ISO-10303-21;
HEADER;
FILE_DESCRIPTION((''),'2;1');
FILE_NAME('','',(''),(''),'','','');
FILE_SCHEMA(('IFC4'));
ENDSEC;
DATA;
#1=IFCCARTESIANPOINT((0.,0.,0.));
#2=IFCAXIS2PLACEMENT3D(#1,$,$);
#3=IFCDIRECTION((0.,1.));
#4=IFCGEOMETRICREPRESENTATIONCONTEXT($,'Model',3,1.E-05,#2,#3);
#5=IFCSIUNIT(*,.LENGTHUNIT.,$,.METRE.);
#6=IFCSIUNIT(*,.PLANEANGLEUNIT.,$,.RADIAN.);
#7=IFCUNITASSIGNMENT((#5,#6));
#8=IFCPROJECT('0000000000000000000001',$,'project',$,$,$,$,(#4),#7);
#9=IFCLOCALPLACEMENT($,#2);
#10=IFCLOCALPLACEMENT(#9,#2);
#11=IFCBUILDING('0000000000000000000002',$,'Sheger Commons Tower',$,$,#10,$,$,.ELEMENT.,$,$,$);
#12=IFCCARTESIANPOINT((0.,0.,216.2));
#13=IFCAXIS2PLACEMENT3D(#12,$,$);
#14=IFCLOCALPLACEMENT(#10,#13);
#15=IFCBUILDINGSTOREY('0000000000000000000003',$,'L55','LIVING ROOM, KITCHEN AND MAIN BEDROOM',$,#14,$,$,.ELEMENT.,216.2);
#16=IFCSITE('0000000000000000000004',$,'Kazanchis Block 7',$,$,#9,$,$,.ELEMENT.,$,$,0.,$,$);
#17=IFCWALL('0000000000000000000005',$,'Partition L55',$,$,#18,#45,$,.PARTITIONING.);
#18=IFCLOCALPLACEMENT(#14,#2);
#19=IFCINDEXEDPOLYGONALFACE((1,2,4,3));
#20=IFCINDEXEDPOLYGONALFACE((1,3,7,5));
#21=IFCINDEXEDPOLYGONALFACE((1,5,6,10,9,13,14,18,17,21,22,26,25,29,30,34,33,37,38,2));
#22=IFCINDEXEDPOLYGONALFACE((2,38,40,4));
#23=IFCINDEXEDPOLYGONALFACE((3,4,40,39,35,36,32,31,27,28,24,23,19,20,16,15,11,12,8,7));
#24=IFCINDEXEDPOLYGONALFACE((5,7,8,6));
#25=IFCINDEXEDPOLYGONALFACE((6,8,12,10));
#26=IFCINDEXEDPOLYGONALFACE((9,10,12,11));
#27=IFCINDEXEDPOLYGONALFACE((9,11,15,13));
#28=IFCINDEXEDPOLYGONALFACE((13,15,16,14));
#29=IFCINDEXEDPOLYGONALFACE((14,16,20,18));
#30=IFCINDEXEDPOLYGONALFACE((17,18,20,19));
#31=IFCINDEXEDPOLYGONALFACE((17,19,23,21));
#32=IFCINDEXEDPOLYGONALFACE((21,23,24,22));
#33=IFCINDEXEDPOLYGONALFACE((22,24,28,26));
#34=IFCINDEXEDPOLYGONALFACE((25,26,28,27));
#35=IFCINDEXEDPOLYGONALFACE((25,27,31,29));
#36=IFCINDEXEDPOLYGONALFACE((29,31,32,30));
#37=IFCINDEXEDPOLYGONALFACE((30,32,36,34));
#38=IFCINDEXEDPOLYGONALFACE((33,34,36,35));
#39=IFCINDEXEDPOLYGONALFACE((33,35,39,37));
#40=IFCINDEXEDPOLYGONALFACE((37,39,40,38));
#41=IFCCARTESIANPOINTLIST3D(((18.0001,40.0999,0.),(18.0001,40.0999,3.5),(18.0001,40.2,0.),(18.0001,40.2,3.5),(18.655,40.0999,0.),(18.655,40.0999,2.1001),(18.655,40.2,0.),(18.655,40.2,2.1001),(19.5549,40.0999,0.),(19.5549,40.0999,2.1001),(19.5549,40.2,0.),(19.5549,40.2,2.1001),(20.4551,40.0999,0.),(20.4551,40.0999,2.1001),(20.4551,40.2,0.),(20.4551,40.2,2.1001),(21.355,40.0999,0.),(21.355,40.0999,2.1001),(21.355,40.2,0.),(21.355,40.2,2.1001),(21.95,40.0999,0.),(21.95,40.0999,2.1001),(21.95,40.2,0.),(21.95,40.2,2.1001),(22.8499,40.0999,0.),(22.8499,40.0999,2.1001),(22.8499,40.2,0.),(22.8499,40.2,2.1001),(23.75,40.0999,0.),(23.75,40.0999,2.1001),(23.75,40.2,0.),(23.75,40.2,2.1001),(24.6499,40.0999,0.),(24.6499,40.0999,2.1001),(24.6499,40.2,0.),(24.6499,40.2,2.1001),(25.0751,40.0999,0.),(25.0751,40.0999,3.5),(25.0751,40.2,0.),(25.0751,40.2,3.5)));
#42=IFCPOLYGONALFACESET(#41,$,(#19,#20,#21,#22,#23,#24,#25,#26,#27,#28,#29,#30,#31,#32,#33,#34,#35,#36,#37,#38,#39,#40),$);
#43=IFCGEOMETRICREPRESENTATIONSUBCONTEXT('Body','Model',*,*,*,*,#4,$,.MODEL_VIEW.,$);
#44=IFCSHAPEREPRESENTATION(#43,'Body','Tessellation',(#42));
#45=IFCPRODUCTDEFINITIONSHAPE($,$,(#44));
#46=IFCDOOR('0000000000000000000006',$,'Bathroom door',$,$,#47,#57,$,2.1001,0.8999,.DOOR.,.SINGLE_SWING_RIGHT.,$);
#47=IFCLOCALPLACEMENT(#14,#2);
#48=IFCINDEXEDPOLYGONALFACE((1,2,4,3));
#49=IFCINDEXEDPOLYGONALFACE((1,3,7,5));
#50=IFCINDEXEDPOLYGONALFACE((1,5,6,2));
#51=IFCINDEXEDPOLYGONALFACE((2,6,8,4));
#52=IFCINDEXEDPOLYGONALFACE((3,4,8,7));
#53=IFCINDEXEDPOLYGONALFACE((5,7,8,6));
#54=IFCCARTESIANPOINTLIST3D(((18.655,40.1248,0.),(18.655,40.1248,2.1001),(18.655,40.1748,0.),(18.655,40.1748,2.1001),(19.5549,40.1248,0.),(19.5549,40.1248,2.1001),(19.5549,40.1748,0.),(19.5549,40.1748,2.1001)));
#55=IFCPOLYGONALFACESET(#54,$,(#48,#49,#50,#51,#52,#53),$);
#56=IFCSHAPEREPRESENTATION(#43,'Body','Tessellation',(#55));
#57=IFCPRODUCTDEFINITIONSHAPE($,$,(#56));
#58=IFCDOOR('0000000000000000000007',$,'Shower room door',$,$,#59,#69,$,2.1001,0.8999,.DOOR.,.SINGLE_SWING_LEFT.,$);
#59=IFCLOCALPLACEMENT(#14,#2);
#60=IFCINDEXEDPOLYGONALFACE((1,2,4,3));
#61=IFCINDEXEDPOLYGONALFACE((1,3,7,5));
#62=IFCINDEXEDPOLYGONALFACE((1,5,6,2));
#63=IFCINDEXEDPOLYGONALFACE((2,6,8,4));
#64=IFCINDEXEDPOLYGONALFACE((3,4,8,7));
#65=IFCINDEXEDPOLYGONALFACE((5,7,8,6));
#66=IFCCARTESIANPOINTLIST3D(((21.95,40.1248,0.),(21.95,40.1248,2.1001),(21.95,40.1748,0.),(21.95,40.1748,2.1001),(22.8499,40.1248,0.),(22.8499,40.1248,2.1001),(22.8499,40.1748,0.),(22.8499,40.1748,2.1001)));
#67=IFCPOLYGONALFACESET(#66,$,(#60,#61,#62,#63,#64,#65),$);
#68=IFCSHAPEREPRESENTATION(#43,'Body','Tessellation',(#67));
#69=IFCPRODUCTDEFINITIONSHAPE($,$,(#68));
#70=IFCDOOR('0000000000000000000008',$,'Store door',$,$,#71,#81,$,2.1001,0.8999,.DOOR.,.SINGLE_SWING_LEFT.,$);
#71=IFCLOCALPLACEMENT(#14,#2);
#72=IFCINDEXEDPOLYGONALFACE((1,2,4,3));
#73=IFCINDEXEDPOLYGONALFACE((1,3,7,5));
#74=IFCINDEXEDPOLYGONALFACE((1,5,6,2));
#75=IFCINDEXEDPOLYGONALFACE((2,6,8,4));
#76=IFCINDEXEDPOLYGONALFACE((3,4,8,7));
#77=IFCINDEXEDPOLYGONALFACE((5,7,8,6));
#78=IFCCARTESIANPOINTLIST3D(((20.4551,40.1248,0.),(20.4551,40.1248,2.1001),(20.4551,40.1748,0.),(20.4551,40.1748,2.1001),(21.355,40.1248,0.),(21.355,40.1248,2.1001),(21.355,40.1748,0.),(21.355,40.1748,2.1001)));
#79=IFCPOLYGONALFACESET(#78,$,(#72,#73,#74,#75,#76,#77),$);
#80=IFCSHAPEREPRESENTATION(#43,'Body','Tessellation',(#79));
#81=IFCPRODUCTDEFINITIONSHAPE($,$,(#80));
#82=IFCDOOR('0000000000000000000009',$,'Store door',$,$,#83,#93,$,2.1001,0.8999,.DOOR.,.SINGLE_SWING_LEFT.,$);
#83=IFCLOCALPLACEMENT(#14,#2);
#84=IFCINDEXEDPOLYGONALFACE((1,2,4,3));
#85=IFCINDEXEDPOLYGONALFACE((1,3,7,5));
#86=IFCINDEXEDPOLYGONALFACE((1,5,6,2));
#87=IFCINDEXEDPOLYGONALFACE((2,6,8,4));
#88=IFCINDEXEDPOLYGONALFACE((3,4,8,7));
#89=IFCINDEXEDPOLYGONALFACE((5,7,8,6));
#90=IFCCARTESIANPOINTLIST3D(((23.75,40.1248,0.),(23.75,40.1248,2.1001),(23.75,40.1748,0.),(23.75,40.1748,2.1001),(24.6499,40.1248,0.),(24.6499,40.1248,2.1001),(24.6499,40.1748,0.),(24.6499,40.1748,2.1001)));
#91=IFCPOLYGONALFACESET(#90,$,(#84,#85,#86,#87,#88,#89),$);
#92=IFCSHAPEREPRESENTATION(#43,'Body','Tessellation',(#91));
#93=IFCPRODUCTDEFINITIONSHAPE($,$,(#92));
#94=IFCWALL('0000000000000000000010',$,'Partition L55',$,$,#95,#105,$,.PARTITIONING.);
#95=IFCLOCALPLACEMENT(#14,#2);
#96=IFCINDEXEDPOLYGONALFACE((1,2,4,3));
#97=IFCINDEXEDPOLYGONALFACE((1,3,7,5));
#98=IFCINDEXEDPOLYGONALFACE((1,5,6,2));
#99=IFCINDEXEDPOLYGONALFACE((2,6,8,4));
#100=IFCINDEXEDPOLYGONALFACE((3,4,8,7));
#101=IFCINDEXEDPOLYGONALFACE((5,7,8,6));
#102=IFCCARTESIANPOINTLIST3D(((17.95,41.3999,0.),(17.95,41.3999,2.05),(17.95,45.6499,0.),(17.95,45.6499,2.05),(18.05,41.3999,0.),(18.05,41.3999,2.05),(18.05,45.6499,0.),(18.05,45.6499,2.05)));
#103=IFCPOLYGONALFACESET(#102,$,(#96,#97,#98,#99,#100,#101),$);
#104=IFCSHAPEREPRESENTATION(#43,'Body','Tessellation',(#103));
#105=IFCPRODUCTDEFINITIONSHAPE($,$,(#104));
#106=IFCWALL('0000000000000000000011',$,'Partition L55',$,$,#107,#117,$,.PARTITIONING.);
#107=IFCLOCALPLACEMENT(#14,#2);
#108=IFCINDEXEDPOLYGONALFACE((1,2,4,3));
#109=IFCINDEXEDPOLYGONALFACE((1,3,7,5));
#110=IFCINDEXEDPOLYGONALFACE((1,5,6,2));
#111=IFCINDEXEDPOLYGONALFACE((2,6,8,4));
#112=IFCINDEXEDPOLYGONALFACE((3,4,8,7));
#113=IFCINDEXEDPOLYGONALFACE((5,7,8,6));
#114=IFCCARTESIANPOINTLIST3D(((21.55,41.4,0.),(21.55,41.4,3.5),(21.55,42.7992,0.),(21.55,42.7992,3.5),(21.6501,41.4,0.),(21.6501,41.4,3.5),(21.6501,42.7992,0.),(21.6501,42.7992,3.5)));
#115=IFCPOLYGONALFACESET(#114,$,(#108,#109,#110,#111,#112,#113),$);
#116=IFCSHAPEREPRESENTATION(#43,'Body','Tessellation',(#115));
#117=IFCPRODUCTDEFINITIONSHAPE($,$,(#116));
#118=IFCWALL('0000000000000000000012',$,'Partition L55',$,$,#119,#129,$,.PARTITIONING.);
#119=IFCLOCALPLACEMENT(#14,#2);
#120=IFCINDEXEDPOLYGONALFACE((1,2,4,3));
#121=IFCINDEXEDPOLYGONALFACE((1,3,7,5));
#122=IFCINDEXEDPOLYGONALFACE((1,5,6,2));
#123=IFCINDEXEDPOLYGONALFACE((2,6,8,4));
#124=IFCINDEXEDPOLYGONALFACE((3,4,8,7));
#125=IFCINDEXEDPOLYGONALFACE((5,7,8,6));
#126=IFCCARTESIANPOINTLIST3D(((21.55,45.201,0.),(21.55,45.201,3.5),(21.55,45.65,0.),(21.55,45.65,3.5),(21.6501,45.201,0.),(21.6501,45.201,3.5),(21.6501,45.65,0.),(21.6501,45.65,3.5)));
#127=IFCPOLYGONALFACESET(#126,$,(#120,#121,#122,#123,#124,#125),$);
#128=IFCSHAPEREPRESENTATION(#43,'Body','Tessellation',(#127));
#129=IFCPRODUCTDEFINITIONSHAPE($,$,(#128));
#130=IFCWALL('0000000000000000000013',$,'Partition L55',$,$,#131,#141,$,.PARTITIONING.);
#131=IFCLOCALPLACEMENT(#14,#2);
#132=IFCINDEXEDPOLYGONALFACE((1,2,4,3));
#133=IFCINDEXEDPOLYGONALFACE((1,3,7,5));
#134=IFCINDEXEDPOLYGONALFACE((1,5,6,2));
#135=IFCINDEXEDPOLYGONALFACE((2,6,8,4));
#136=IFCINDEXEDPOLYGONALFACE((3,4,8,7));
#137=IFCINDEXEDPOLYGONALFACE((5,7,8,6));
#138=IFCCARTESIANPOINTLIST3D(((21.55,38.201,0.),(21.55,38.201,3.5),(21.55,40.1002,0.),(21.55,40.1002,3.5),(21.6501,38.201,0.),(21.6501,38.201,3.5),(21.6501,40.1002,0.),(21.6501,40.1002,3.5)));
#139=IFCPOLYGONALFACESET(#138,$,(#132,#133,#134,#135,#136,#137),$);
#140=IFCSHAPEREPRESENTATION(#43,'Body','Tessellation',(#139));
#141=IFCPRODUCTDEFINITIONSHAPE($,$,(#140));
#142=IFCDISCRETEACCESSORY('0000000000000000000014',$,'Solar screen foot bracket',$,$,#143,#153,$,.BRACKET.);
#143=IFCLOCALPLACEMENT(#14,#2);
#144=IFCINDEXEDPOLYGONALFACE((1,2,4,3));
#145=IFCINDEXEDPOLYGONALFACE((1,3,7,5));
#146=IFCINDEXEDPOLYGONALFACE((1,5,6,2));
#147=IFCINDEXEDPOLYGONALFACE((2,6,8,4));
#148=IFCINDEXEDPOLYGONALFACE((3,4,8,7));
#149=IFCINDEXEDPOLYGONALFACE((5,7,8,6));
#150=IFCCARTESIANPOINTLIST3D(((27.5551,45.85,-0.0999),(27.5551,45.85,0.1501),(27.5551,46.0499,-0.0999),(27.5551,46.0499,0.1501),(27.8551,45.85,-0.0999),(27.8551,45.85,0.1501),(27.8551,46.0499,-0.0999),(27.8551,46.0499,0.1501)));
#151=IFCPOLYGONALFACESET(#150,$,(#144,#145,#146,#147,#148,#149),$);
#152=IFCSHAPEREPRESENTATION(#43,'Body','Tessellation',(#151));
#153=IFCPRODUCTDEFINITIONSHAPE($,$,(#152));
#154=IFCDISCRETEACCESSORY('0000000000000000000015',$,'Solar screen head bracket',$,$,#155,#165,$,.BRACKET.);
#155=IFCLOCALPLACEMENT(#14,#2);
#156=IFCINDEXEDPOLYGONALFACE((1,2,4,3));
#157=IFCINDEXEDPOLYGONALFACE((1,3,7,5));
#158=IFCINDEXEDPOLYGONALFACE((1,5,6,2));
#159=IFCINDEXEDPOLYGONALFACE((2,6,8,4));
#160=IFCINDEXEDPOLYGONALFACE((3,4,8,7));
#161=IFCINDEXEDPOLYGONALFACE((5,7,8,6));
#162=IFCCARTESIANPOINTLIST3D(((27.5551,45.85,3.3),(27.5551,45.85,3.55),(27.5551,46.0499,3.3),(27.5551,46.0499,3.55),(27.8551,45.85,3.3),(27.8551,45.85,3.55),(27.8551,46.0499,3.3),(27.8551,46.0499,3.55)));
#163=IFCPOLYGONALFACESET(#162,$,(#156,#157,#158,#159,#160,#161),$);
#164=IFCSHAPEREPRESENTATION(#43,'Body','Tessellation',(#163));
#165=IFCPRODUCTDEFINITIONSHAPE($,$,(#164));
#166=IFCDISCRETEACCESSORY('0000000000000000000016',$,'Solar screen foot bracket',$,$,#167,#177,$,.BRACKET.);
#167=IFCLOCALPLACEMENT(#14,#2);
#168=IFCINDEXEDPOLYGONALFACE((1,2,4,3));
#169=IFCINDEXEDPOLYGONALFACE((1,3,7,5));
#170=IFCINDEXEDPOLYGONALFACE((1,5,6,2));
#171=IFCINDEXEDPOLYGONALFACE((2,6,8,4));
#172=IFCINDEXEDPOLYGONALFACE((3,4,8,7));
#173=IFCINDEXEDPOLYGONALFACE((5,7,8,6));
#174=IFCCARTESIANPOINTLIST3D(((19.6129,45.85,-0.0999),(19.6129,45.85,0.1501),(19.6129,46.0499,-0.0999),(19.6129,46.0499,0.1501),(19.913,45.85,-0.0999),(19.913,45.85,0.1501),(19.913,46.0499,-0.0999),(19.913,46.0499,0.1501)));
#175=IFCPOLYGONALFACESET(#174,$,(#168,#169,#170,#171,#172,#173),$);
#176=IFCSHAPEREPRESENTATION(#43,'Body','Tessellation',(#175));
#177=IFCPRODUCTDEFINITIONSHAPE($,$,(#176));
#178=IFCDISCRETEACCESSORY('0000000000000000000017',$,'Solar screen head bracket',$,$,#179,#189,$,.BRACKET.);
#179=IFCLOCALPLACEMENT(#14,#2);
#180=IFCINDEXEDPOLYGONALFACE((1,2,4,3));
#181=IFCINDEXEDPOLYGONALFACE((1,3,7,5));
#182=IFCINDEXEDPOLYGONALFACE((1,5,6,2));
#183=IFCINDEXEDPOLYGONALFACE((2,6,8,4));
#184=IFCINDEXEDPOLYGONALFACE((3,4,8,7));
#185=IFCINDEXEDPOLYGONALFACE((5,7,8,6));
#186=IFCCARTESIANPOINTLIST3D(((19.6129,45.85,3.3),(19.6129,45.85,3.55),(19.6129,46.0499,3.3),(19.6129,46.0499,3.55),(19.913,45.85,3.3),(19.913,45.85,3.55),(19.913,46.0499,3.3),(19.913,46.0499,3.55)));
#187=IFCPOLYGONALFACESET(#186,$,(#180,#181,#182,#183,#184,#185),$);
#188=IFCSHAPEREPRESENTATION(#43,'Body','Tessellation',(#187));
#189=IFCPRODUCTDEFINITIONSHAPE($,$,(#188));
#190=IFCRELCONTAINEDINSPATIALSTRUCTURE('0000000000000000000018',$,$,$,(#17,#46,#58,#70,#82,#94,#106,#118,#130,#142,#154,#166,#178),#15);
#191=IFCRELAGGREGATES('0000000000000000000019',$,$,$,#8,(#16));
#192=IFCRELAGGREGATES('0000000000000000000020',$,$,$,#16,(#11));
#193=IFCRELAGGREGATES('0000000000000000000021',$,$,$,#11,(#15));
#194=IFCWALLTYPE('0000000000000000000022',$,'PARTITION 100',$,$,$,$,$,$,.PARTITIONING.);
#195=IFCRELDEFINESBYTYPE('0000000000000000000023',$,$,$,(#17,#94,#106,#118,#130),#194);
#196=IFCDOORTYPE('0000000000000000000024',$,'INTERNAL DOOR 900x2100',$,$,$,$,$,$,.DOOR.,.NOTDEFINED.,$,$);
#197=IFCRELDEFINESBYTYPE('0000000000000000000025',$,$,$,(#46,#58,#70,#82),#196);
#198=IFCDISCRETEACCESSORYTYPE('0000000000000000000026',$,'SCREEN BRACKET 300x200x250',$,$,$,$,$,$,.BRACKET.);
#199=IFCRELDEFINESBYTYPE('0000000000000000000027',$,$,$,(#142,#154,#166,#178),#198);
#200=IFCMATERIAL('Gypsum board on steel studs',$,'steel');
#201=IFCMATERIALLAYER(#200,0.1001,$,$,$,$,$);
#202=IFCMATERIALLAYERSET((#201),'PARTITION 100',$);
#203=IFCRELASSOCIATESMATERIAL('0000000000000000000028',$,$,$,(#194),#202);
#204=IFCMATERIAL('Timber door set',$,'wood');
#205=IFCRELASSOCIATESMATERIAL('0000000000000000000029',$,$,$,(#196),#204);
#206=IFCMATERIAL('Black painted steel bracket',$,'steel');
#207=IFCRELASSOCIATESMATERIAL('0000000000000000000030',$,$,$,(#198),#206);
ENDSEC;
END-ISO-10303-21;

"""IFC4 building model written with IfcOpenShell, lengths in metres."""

from ifc_helpers import new_model, si_unit, direction, frame, frame_2d, origin, origin_2d, place, context, subcontext, project, spatial, rectangle, extrude, material, layer, layer_set, type_object, element, fill, save


model = new_model("IFC4")

# Units and contexts
model_context = context("Model", 3, precision=1e-05, world=origin(), true_north=direction((0.0, 1.0)))
body_context = subcontext(model_context, "Body", "Model", "MODEL_VIEW")
ifc_project = project(units=[si_unit("LENGTHUNIT", "METRE"), si_unit("PLANEANGLEUNIT", "RADIAN")], contexts=[model_context])

# Site, building, storey
site_placement = place(None, origin())
site = spatial("IfcSite", under=ifc_project, at=site_placement, Name="Kazanchis Block 7", CompositionType="ELEMENT", RefElevation=0.0)
building_placement = place(site_placement, origin())
building = spatial("IfcBuilding", under=site, at=building_placement, Name="Sheger Commons Tower", CompositionType="ELEMENT")
storey_placement = place(building_placement, frame((0.0, 0.0, 216.2)))
storey = spatial("IfcBuildingStorey", under=building, at=storey_placement, Name="L55", Description="LIVING ROOM, KITCHEN AND MAIN BEDROOM", CompositionType="ELEMENT", Elevation=216.2)

# Wall, openings, doors
ifc_material_1 = material(Name="Gypsum board on steel studs", Category="steel")
ifc_layer_1 = layer(ifc_material_1, 0.1001)
ifc_layer_set_1 = layer_set([ifc_layer_1], Name="PARTITION 100")
wall_type_1 = type_object("IfcWallType", Name="PARTITION 100", PredefinedType="PARTITIONING", material=ifc_layer_set_1)
ifc_material_2 = material(Name="Timber door set", Category="wood")
door_type = type_object("IfcDoorType", Name="INTERNAL DOOR 900x2100", OperationType="NOTDEFINED", PredefinedType="DOOR", material=ifc_material_2)
wall_1_placement = place(storey_placement, frame((18.0, 40.1499, 0.0), z_axis=(0.0, 0.0, 1.0), x_axis=(1.0, 0.0, 0.0)))
wall_1 = element("IfcWall", 1, at=wall_1_placement, inside=storey, type_object=wall_type_1, Name="Partition L55", PredefinedType="PARTITIONING", context=body_context, shape_type="SweptSolid", body=[
    extrude(rectangle(XDim=7.075, YDim=0.1001, at=frame_2d((3.5376, 0.0))), origin(), (0.0, 0.0, 1.0), 3.5),
])
opening_1_placement = place(wall_1_placement, frame((0.655, 0.0, 0.0)))
opening_1 = element("IfcOpeningElement", 2, at=opening_1_placement, cuts=wall_1, PredefinedType="OPENING", context=body_context, shape_type="SweptSolid", body=[
    extrude(rectangle(XDim=0.8999, YDim=2.1001, at=frame_2d((0.45, 1.05))), frame((0.0, 0.0601, 0.0), z_axis=(0.0, -1.0, 0.0), x_axis=(1.0, 0.0, 0.0)), (0.0, 0.0, 1.0), 0.1201),
])
opening_2_placement = place(wall_1_placement, frame((3.95, 0.0, 0.0)))
opening_2 = element("IfcOpeningElement", 3, at=opening_2_placement, cuts=wall_1, PredefinedType="OPENING", context=body_context, shape_type="SweptSolid", body=[
    extrude(rectangle(XDim=0.8999, YDim=2.1001, at=frame_2d((0.45, 1.05))), frame((0.0, 0.0601, 0.0), z_axis=(0.0, -1.0, 0.0), x_axis=(1.0, 0.0, 0.0)), (0.0, 0.0, 1.0), 0.1201),
])
opening_3_placement = place(wall_1_placement, frame((2.4551, 0.0, 0.0)))
opening_3 = element("IfcOpeningElement", 4, at=opening_3_placement, cuts=wall_1, PredefinedType="OPENING", context=body_context, shape_type="SweptSolid", body=[
    extrude(rectangle(XDim=0.8999, YDim=2.1001, at=frame_2d((0.45, 1.05))), frame((0.0, 0.0601, 0.0), z_axis=(0.0, -1.0, 0.0), x_axis=(1.0, 0.0, 0.0)), (0.0, 0.0, 1.0), 0.1201),
])
opening_4_placement = place(wall_1_placement, frame((5.75, 0.0, 0.0)))
opening_4 = element("IfcOpeningElement", 5, at=opening_4_placement, cuts=wall_1, PredefinedType="OPENING", context=body_context, shape_type="SweptSolid", body=[
    extrude(rectangle(XDim=0.8999, YDim=2.1001, at=frame_2d((0.45, 1.05))), frame((0.0, 0.0601, 0.0), z_axis=(0.0, -1.0, 0.0), x_axis=(1.0, 0.0, 0.0)), (0.0, 0.0, 1.0), 0.1201),
])
door_1_placement = place(opening_1_placement, origin())
door_1 = element("IfcDoor", 6, at=door_1_placement, inside=storey, type_object=door_type, Name="Bathroom door", OperationType="SINGLE_SWING_RIGHT", OverallHeight=2.1001, OverallWidth=0.8999, PredefinedType="DOOR", context=body_context, shape_type="SweptSolid", body=[
    extrude(rectangle(XDim=0.8999, YDim=2.1001, at=frame_2d((0.45, 1.05))), frame((0.0, 0.0249, 0.0), z_axis=(0.0, -1.0, 0.0), x_axis=(1.0, 0.0, 0.0)), (0.0, 0.0, 1.0), 0.05),
])
fill(opening_1, door_1)
door_2_placement = place(opening_2_placement, origin())
door_2 = element("IfcDoor", 7, at=door_2_placement, inside=storey, type_object=door_type, Name="Shower room door", OperationType="SINGLE_SWING_LEFT", OverallHeight=2.1001, OverallWidth=0.8999, PredefinedType="DOOR", context=body_context, shape_type="SweptSolid", body=[
    extrude(rectangle(XDim=0.8999, YDim=2.1001, at=frame_2d((0.45, 1.05))), frame((0.0, 0.0249, 0.0), z_axis=(0.0, -1.0, 0.0), x_axis=(1.0, 0.0, 0.0)), (0.0, 0.0, 1.0), 0.05),
])
fill(opening_2, door_2)
door_3_placement = place(opening_3_placement, origin())
door_3 = element("IfcDoor", 8, at=door_3_placement, inside=storey, type_object=door_type, Name="Store door", OperationType="SINGLE_SWING_LEFT", OverallHeight=2.1001, OverallWidth=0.8999, PredefinedType="DOOR", context=body_context, shape_type="SweptSolid", body=[
    extrude(rectangle(XDim=0.8999, YDim=2.1001, at=frame_2d((0.45, 1.05))), frame((0.0, 0.0249, 0.0), z_axis=(0.0, -1.0, 0.0), x_axis=(1.0, 0.0, 0.0)), (0.0, 0.0, 1.0), 0.05),
])
fill(opening_3, door_3)
door_4_placement = place(opening_4_placement, origin())
door_4 = element("IfcDoor", 9, at=door_4_placement, inside=storey, type_object=door_type, Name="Store door", OperationType="SINGLE_SWING_LEFT", OverallHeight=2.1001, OverallWidth=0.8999, PredefinedType="DOOR", context=body_context, shape_type="SweptSolid", body=[
    extrude(rectangle(XDim=0.8999, YDim=2.1001, at=frame_2d((0.45, 1.05))), frame((0.0, 0.0249, 0.0), z_axis=(0.0, -1.0, 0.0), x_axis=(1.0, 0.0, 0.0)), (0.0, 0.0, 1.0), 0.05),
])
fill(opening_4, door_4)

# Walls
wall_2_placement = place(storey_placement, frame((18.0, 41.3999, 0.0), z_axis=(0.0, 0.0, 1.0), x_axis=(0.0, 1.0, 0.0)))
element("IfcWall", 10, at=wall_2_placement, inside=storey, type_object=wall_type_1, Name="Partition L55", PredefinedType="PARTITIONING", context=body_context, shape_type="SweptSolid", body=[
    extrude(rectangle(XDim=4.25, YDim=0.1001, at=frame_2d((2.125, 0.0))), origin(), (0.0, 0.0, 1.0), 2.05),
])
wall_3_placement = place(storey_placement, frame((21.6001, 41.3999, 0.0), z_axis=(0.0, 0.0, 1.0), x_axis=(0.0, 1.0, 0.0)))
element("IfcWall", 11, at=wall_3_placement, inside=storey, type_object=wall_type_1, Name="Partition L55", PredefinedType="PARTITIONING", context=body_context, shape_type="SweptSolid", body=[
    extrude(rectangle(XDim=1.3992, YDim=0.1001, at=frame_2d((0.6997, 0.0))), origin(), (0.0, 0.0, 1.0), 3.5),
])
wall_4_placement = place(storey_placement, frame((21.6001, 45.2009, 0.0), z_axis=(0.0, 0.0, 1.0), x_axis=(0.0, 1.0, 0.0)))
element("IfcWall", 12, at=wall_4_placement, inside=storey, type_object=wall_type_1, Name="Partition L55", PredefinedType="PARTITIONING", context=body_context, shape_type="SweptSolid", body=[
    extrude(rectangle(XDim=0.449, YDim=0.1001, at=frame_2d((0.2246, 0.0))), origin(), (0.0, 0.0, 1.0), 3.5),
])
wall_5_placement = place(storey_placement, frame((21.6001, 38.2009, 0.0), z_axis=(0.0, 0.0, 1.0), x_axis=(0.0, 1.0, 0.0)))
element("IfcWall", 13, at=wall_5_placement, inside=storey, type_object=wall_type_1, Name="Partition L55", PredefinedType="PARTITIONING", context=body_context, shape_type="SweptSolid", body=[
    extrude(rectangle(XDim=1.8992, YDim=0.1001, at=frame_2d((0.9497, 0.0))), origin(), (0.0, 0.0, 1.0), 3.5),
])

# Discrete accessories
ifc_material_3 = material(Name="Black painted steel bracket", Category="steel")
discrete_accessory_type = type_object("IfcDiscreteAccessoryType", Name="SCREEN BRACKET 300x200x250", PredefinedType="BRACKET", material=ifc_material_3)
for number, where, z_axis, x_axis, name in (
    (14, (27.7051, 45.95, -0.0999), (0.0, 0.0, 1.0), (-1.0, 0.0, 0.0), "Solar screen foot bracket"),
    (15, (27.7051, 45.95, 3.3), (0.0, 0.0, 1.0), (-1.0, 0.0, 0.0), "Solar screen head bracket"),
    (16, (19.7629, 45.95, -0.0999), (0.0, 0.0, 1.0), (-1.0, 0.0, 0.0), "Solar screen foot bracket"),
    (17, (19.7629, 45.95, 3.3), (0.0, 0.0, 1.0), (-1.0, 0.0, 0.0), "Solar screen head bracket"),
):
    element("IfcDiscreteAccessory", number, at=place(storey_placement, frame(where, z_axis=z_axis, x_axis=x_axis)), inside=storey, type_object=discrete_accessory_type, Name=name, PredefinedType="BRACKET", context=body_context, shape_type="SweptSolid", body=[
        extrude(rectangle(XDim=0.3, YDim=0.2, at=origin_2d()), origin(), (0.0, 0.0, 1.0), 0.25),
    ])

save(model, "model.ifc")
